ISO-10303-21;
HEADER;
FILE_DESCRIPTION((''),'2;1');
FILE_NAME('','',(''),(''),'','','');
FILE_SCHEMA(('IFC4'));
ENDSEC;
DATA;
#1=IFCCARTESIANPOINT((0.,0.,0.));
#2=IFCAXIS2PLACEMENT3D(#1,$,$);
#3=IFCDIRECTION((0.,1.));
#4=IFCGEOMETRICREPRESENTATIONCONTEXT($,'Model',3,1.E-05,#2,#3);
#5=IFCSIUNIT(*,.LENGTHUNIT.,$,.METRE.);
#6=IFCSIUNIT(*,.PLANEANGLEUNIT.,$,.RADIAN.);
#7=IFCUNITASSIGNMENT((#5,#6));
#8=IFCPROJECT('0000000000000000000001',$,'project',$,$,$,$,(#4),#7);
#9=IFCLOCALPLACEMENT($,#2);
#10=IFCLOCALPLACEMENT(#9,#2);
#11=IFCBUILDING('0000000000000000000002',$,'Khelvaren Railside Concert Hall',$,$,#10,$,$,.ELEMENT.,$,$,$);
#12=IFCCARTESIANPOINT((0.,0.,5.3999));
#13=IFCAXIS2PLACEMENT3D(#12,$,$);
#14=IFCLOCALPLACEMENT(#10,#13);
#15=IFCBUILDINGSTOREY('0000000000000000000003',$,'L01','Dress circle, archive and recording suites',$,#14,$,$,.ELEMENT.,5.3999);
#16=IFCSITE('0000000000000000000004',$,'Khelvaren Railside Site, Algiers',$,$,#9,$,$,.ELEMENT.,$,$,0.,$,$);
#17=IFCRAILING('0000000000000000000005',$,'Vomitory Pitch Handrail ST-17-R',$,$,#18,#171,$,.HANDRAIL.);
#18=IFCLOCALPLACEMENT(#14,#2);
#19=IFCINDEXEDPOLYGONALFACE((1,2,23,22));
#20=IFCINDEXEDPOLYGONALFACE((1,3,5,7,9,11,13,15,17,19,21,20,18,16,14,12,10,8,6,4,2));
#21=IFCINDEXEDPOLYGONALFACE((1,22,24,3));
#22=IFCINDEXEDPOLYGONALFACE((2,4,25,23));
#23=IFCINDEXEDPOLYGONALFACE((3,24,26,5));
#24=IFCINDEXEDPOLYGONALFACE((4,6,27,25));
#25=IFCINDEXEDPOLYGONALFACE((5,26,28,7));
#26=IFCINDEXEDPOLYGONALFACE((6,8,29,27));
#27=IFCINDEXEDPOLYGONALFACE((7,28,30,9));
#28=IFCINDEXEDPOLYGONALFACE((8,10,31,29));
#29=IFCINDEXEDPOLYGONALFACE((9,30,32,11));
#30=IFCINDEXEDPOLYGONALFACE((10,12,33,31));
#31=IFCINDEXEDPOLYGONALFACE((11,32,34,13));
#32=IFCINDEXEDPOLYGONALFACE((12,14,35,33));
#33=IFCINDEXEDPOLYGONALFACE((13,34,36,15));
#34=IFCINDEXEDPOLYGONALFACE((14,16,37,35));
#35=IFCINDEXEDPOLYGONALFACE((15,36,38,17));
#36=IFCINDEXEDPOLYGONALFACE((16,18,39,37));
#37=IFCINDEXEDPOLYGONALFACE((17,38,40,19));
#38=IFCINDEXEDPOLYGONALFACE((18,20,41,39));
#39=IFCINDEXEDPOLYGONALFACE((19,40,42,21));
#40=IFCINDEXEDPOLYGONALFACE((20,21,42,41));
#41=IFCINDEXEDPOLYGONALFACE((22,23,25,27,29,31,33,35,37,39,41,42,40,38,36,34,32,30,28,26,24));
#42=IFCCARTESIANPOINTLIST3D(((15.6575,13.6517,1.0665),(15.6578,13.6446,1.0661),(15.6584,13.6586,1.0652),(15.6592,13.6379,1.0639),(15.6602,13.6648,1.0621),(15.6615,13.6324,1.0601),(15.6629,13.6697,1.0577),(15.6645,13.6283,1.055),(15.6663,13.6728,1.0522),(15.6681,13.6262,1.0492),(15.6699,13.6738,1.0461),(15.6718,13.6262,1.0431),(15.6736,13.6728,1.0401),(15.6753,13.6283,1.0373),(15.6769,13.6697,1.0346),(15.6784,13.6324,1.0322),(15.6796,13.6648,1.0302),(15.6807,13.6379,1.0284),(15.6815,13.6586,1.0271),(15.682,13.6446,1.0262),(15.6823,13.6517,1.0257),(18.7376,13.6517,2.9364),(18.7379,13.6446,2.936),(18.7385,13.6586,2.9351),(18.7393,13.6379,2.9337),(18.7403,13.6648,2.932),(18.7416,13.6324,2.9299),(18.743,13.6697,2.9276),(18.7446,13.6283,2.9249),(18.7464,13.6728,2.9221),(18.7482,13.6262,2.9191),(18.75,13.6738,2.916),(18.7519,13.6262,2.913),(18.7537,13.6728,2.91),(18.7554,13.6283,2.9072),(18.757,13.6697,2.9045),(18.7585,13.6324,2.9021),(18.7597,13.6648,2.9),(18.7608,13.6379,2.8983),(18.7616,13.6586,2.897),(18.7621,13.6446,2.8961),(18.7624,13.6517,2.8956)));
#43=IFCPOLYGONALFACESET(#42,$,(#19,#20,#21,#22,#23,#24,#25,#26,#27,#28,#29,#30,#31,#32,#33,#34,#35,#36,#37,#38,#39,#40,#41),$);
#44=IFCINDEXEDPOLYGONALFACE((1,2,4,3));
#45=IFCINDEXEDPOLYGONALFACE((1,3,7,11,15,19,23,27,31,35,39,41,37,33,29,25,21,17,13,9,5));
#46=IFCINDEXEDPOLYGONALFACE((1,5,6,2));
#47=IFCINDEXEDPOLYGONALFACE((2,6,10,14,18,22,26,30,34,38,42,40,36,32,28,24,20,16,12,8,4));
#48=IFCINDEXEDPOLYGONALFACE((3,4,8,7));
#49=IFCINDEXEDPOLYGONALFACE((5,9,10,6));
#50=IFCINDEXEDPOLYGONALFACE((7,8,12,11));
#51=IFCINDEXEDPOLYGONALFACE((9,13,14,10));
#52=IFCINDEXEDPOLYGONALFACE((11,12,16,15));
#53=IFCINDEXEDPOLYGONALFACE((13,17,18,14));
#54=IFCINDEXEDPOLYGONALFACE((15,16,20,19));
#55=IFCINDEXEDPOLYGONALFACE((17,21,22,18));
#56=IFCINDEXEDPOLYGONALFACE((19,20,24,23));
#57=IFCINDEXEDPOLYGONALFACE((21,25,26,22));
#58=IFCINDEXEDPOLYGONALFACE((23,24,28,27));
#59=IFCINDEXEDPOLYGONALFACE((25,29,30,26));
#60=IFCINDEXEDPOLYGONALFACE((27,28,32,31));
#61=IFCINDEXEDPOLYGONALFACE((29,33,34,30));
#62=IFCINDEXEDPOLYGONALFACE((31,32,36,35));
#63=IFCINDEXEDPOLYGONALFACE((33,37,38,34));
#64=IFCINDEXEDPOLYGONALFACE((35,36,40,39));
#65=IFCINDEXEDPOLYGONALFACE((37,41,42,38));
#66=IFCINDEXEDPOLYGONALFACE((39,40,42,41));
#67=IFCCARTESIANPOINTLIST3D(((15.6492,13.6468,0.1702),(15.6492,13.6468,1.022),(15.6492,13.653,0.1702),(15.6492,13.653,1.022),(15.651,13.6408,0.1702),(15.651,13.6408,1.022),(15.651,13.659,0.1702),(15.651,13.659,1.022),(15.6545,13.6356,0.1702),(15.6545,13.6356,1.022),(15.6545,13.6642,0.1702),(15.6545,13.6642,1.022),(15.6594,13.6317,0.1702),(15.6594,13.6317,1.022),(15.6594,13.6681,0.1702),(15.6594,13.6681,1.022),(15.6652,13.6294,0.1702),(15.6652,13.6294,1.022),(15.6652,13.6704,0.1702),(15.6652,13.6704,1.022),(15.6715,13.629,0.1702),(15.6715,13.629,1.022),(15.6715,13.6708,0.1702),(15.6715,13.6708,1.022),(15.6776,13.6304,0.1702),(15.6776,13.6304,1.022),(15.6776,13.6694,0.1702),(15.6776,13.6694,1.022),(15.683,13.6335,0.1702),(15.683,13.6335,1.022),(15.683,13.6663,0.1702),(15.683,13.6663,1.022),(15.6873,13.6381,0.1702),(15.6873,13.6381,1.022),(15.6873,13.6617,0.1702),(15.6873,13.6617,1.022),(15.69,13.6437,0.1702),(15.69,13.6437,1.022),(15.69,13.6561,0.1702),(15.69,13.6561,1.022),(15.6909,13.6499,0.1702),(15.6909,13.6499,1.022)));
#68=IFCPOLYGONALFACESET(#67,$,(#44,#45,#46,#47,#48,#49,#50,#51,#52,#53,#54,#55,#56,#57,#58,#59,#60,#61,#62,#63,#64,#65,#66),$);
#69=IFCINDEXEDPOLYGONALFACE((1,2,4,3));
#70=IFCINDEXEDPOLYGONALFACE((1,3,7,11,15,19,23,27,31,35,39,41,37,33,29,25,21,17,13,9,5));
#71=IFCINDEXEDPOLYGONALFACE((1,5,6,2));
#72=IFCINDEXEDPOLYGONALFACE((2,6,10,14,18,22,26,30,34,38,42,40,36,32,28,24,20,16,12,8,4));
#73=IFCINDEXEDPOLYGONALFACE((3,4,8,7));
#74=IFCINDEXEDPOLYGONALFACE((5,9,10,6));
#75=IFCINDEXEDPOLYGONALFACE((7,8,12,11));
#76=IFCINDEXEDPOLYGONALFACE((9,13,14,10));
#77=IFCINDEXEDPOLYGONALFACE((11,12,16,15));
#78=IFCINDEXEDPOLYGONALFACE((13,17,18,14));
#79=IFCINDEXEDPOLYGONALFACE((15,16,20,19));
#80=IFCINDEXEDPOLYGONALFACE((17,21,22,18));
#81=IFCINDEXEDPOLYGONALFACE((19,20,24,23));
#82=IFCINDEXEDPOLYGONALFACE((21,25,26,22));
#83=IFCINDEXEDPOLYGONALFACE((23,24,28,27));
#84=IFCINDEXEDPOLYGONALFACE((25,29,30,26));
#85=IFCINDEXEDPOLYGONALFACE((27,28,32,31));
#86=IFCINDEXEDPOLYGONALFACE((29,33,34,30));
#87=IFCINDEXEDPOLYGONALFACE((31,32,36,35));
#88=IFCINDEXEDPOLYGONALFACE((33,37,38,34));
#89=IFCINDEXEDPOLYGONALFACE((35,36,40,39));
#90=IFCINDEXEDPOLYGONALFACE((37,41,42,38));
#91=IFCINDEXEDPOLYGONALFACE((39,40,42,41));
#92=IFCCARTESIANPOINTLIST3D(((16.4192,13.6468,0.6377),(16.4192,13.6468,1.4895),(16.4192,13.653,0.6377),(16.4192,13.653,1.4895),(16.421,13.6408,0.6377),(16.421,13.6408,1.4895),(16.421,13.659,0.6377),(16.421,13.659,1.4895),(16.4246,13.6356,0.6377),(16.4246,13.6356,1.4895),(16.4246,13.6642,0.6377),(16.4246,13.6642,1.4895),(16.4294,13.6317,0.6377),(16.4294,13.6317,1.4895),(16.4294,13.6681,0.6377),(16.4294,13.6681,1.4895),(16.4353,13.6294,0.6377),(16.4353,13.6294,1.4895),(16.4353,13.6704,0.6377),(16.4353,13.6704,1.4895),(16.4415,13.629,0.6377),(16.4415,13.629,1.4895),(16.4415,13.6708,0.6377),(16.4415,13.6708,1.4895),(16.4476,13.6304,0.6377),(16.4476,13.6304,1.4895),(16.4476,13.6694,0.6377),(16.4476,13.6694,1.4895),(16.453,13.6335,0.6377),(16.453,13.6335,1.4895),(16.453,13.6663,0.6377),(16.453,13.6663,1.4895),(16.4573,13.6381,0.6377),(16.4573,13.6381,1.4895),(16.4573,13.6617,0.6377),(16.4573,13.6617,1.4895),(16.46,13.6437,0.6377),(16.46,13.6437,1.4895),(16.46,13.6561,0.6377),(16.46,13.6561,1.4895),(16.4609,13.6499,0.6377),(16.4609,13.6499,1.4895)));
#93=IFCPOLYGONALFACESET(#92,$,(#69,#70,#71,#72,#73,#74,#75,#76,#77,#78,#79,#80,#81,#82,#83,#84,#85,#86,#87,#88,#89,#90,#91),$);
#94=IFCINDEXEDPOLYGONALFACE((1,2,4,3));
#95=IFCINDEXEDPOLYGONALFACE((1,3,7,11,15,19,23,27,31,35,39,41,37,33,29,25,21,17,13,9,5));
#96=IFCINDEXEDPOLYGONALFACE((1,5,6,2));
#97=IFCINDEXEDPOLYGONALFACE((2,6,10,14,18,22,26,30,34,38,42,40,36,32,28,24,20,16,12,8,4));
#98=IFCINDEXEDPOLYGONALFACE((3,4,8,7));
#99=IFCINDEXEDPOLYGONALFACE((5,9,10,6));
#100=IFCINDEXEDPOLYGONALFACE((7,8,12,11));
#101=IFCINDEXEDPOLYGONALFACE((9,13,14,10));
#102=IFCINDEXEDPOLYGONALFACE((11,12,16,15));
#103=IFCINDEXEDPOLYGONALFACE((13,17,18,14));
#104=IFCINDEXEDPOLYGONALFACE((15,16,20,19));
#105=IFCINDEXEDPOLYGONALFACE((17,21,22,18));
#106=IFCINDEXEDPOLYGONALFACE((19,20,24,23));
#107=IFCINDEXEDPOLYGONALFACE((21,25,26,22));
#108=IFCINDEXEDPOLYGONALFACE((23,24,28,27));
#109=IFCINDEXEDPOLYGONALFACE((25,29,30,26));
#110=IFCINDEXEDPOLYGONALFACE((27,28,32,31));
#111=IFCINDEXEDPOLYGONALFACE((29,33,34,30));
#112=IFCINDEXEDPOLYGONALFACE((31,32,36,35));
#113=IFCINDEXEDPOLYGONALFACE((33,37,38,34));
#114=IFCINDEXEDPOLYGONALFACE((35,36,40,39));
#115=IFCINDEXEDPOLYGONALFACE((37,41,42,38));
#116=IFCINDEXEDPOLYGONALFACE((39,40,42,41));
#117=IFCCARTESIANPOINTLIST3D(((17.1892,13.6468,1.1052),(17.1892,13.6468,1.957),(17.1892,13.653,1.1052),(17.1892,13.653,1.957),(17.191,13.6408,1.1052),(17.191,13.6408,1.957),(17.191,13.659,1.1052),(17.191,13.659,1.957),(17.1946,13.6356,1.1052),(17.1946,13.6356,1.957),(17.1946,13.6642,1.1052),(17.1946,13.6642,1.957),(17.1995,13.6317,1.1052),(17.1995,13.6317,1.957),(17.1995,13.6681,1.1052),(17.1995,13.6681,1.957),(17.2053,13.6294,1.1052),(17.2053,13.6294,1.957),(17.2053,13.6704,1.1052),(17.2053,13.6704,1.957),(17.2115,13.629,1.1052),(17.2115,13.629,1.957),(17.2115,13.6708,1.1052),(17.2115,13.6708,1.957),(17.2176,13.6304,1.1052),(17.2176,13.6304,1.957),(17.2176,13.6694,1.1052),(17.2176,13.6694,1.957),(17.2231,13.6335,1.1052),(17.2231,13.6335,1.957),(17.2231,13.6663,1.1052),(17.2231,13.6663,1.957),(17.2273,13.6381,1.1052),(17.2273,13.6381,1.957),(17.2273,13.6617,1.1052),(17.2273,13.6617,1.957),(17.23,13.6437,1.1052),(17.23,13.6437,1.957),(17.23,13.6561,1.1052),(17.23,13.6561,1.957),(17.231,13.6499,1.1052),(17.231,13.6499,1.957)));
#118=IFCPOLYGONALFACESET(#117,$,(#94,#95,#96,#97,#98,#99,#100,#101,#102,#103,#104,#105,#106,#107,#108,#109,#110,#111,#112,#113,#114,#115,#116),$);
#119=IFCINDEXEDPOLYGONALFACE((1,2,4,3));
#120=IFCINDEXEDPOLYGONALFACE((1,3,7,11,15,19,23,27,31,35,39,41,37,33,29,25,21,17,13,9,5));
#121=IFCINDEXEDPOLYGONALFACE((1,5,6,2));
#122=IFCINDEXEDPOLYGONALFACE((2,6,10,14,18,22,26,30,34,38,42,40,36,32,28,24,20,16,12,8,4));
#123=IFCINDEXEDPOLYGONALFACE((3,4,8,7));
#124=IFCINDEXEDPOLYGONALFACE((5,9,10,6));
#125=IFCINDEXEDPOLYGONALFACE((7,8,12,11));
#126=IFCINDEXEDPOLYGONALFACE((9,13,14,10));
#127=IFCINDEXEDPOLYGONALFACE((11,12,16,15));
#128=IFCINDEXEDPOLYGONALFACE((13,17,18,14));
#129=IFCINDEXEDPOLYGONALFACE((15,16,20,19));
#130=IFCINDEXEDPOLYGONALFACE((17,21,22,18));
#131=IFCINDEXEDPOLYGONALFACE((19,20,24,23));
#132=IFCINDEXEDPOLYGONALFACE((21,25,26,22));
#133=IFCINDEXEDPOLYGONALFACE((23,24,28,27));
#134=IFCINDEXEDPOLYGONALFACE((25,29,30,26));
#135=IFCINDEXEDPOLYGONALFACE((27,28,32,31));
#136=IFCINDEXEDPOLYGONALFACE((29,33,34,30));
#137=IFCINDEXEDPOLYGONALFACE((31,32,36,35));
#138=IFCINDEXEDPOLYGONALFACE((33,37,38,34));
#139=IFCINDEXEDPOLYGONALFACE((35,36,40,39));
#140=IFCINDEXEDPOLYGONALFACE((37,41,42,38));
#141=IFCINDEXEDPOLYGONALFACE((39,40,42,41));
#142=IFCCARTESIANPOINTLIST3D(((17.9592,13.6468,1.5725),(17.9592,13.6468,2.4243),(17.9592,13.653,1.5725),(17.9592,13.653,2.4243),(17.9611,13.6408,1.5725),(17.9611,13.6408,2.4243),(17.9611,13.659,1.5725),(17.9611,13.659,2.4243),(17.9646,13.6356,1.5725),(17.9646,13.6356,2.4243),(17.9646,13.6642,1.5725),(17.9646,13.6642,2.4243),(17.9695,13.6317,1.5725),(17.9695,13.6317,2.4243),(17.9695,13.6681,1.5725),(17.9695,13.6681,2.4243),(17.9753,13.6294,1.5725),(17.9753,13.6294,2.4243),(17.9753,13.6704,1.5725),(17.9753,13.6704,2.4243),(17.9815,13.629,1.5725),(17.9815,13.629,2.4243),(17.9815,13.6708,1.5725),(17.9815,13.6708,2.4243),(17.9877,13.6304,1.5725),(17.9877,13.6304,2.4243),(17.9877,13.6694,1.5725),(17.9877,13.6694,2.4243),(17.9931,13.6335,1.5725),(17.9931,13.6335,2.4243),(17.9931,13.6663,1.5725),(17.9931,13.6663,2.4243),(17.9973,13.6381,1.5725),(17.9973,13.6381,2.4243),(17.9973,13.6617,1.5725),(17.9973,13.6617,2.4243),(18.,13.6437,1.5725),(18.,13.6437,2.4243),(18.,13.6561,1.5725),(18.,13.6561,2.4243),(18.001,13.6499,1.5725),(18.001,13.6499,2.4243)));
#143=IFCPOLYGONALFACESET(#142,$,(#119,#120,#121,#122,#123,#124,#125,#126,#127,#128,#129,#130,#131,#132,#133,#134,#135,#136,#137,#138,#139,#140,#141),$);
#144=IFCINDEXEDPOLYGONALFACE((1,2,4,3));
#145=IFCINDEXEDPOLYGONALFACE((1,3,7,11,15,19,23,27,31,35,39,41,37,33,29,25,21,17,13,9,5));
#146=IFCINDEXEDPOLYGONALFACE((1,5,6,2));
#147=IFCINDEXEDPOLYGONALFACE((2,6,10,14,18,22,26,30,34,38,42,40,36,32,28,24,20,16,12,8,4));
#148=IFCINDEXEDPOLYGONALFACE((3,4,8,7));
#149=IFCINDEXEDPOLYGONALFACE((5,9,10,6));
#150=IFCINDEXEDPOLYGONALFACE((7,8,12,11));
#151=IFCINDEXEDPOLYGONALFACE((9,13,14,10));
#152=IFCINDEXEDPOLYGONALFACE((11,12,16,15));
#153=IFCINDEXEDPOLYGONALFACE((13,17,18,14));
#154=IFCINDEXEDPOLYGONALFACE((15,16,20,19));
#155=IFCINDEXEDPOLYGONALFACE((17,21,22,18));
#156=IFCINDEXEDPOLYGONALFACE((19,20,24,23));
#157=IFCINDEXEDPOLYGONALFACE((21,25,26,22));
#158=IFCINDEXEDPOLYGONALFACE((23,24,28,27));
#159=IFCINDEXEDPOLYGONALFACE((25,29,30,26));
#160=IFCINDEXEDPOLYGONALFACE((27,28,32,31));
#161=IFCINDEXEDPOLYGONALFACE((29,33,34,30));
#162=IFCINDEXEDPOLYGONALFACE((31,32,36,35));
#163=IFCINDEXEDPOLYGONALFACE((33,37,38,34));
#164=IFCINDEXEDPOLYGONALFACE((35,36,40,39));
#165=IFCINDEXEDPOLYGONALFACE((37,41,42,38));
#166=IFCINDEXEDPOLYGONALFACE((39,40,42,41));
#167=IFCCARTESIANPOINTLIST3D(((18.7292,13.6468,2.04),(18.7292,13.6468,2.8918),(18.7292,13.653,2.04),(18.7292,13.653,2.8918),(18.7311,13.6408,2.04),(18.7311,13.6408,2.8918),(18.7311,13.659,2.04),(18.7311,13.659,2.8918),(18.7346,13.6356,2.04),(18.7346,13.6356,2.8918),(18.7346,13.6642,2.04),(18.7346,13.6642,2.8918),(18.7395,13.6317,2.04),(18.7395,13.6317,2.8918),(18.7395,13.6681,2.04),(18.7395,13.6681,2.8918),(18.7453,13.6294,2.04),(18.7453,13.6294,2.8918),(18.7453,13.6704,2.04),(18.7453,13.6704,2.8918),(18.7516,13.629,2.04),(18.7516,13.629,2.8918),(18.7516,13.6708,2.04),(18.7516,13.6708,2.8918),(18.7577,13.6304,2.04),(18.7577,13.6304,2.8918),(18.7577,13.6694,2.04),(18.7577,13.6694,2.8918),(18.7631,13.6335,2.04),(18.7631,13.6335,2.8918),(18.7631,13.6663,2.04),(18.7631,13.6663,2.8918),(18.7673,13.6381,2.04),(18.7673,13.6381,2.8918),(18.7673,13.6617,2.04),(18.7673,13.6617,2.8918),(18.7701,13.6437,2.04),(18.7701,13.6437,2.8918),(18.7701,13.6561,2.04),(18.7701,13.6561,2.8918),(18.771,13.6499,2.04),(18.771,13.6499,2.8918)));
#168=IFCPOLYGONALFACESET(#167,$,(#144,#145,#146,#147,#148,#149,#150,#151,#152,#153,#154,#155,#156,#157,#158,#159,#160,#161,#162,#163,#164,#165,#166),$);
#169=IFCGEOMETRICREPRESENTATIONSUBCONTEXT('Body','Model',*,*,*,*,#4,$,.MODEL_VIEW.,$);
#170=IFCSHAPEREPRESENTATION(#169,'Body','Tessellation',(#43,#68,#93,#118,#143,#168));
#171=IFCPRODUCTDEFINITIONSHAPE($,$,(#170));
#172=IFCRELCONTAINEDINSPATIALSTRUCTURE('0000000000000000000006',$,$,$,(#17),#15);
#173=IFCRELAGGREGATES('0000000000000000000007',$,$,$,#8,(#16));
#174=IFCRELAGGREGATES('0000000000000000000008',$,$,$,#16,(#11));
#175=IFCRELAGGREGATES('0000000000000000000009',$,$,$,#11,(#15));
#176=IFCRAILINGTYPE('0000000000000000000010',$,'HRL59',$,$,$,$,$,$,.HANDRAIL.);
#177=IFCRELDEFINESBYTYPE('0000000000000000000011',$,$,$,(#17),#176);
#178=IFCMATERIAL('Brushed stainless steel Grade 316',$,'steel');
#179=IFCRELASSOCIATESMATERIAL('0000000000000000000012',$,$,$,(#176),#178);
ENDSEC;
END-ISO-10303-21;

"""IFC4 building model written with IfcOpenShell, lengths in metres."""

from ifc_helpers import new_model, si_unit, direction, frame, origin, origin_2d, place, context, subcontext, project, spatial, circle, extrude, material, type_object, element, save


model = new_model("IFC4")

# Units and contexts
model_context = context("Model", 3, precision=1e-05, world=origin(), true_north=direction((0.0, 1.0)))
body_context = subcontext(model_context, "Body", "Model", "MODEL_VIEW")
ifc_project = project(units=[si_unit("LENGTHUNIT", "METRE"), si_unit("PLANEANGLEUNIT", "RADIAN")], contexts=[model_context])

# Site, building, storey
site_placement = place(None, origin())
site = spatial("IfcSite", under=ifc_project, at=site_placement, Name="Khelvaren Railside Site, Algiers", CompositionType="ELEMENT", RefElevation=0.0)
building_placement = place(site_placement, origin())
building = spatial("IfcBuilding", under=site, at=building_placement, Name="Khelvaren Railside Concert Hall", CompositionType="ELEMENT")
storey_placement = place(building_placement, frame((0.0, 0.0, 5.3999)))
storey = spatial("IfcBuildingStorey", under=building, at=storey_placement, Name="L01", Description="Dress circle, archive and recording suites", CompositionType="ELEMENT", Elevation=5.3999)

# Railing
ifc_material_1 = material(Name="Brushed stainless steel Grade 316", Category="steel")
railing_type_1 = type_object("IfcRailingType", Name="HRL59", PredefinedType="HANDRAIL", material=ifc_material_1)
for number, where, name in (
    (1, (15.6699, 13.6499, 0.1702), "Vomitory Pitch Handrail ST-17-R"),
):
    element("IfcRailing", number, at=place(storey_placement, frame(where)), inside=storey, type_object=railing_type_1, Name=name, PredefinedType="HANDRAIL", context=body_context, shape_type="SweptSolid", body=[
        extrude(circle(Radius=0.0239, at=origin_2d()), frame((0.0, 0.0, 0.876), z_axis=(0.854809, 0.0, 0.518943), x_axis=(0.0, 1.0, 0.0)), (0.0, 0.0, 1.0), 3.6033),
        extrude(circle(Radius=0.021, at=origin_2d()), origin(), (0.0, 0.0, 1.0), 0.8518),
        extrude(circle(Radius=0.021, at=origin_2d()), frame((0.77, 0.0, 0.4675)), (0.0, 0.0, 1.0), 0.8518),
        extrude(circle(Radius=0.021, at=origin_2d()), frame((1.54, 0.0, 0.9351)), (0.0, 0.0, 1.0), 0.8518),
        extrude(circle(Radius=0.021, at=origin_2d()), frame((2.3101, 0.0, 1.4023)), (0.0, 0.0, 1.0), 0.8518),
        extrude(circle(Radius=0.021, at=origin_2d()), frame((3.0801, 0.0, 1.8699)), (0.0, 0.0, 1.0), 0.8518),
    ])

save(model, "model.ifc")
